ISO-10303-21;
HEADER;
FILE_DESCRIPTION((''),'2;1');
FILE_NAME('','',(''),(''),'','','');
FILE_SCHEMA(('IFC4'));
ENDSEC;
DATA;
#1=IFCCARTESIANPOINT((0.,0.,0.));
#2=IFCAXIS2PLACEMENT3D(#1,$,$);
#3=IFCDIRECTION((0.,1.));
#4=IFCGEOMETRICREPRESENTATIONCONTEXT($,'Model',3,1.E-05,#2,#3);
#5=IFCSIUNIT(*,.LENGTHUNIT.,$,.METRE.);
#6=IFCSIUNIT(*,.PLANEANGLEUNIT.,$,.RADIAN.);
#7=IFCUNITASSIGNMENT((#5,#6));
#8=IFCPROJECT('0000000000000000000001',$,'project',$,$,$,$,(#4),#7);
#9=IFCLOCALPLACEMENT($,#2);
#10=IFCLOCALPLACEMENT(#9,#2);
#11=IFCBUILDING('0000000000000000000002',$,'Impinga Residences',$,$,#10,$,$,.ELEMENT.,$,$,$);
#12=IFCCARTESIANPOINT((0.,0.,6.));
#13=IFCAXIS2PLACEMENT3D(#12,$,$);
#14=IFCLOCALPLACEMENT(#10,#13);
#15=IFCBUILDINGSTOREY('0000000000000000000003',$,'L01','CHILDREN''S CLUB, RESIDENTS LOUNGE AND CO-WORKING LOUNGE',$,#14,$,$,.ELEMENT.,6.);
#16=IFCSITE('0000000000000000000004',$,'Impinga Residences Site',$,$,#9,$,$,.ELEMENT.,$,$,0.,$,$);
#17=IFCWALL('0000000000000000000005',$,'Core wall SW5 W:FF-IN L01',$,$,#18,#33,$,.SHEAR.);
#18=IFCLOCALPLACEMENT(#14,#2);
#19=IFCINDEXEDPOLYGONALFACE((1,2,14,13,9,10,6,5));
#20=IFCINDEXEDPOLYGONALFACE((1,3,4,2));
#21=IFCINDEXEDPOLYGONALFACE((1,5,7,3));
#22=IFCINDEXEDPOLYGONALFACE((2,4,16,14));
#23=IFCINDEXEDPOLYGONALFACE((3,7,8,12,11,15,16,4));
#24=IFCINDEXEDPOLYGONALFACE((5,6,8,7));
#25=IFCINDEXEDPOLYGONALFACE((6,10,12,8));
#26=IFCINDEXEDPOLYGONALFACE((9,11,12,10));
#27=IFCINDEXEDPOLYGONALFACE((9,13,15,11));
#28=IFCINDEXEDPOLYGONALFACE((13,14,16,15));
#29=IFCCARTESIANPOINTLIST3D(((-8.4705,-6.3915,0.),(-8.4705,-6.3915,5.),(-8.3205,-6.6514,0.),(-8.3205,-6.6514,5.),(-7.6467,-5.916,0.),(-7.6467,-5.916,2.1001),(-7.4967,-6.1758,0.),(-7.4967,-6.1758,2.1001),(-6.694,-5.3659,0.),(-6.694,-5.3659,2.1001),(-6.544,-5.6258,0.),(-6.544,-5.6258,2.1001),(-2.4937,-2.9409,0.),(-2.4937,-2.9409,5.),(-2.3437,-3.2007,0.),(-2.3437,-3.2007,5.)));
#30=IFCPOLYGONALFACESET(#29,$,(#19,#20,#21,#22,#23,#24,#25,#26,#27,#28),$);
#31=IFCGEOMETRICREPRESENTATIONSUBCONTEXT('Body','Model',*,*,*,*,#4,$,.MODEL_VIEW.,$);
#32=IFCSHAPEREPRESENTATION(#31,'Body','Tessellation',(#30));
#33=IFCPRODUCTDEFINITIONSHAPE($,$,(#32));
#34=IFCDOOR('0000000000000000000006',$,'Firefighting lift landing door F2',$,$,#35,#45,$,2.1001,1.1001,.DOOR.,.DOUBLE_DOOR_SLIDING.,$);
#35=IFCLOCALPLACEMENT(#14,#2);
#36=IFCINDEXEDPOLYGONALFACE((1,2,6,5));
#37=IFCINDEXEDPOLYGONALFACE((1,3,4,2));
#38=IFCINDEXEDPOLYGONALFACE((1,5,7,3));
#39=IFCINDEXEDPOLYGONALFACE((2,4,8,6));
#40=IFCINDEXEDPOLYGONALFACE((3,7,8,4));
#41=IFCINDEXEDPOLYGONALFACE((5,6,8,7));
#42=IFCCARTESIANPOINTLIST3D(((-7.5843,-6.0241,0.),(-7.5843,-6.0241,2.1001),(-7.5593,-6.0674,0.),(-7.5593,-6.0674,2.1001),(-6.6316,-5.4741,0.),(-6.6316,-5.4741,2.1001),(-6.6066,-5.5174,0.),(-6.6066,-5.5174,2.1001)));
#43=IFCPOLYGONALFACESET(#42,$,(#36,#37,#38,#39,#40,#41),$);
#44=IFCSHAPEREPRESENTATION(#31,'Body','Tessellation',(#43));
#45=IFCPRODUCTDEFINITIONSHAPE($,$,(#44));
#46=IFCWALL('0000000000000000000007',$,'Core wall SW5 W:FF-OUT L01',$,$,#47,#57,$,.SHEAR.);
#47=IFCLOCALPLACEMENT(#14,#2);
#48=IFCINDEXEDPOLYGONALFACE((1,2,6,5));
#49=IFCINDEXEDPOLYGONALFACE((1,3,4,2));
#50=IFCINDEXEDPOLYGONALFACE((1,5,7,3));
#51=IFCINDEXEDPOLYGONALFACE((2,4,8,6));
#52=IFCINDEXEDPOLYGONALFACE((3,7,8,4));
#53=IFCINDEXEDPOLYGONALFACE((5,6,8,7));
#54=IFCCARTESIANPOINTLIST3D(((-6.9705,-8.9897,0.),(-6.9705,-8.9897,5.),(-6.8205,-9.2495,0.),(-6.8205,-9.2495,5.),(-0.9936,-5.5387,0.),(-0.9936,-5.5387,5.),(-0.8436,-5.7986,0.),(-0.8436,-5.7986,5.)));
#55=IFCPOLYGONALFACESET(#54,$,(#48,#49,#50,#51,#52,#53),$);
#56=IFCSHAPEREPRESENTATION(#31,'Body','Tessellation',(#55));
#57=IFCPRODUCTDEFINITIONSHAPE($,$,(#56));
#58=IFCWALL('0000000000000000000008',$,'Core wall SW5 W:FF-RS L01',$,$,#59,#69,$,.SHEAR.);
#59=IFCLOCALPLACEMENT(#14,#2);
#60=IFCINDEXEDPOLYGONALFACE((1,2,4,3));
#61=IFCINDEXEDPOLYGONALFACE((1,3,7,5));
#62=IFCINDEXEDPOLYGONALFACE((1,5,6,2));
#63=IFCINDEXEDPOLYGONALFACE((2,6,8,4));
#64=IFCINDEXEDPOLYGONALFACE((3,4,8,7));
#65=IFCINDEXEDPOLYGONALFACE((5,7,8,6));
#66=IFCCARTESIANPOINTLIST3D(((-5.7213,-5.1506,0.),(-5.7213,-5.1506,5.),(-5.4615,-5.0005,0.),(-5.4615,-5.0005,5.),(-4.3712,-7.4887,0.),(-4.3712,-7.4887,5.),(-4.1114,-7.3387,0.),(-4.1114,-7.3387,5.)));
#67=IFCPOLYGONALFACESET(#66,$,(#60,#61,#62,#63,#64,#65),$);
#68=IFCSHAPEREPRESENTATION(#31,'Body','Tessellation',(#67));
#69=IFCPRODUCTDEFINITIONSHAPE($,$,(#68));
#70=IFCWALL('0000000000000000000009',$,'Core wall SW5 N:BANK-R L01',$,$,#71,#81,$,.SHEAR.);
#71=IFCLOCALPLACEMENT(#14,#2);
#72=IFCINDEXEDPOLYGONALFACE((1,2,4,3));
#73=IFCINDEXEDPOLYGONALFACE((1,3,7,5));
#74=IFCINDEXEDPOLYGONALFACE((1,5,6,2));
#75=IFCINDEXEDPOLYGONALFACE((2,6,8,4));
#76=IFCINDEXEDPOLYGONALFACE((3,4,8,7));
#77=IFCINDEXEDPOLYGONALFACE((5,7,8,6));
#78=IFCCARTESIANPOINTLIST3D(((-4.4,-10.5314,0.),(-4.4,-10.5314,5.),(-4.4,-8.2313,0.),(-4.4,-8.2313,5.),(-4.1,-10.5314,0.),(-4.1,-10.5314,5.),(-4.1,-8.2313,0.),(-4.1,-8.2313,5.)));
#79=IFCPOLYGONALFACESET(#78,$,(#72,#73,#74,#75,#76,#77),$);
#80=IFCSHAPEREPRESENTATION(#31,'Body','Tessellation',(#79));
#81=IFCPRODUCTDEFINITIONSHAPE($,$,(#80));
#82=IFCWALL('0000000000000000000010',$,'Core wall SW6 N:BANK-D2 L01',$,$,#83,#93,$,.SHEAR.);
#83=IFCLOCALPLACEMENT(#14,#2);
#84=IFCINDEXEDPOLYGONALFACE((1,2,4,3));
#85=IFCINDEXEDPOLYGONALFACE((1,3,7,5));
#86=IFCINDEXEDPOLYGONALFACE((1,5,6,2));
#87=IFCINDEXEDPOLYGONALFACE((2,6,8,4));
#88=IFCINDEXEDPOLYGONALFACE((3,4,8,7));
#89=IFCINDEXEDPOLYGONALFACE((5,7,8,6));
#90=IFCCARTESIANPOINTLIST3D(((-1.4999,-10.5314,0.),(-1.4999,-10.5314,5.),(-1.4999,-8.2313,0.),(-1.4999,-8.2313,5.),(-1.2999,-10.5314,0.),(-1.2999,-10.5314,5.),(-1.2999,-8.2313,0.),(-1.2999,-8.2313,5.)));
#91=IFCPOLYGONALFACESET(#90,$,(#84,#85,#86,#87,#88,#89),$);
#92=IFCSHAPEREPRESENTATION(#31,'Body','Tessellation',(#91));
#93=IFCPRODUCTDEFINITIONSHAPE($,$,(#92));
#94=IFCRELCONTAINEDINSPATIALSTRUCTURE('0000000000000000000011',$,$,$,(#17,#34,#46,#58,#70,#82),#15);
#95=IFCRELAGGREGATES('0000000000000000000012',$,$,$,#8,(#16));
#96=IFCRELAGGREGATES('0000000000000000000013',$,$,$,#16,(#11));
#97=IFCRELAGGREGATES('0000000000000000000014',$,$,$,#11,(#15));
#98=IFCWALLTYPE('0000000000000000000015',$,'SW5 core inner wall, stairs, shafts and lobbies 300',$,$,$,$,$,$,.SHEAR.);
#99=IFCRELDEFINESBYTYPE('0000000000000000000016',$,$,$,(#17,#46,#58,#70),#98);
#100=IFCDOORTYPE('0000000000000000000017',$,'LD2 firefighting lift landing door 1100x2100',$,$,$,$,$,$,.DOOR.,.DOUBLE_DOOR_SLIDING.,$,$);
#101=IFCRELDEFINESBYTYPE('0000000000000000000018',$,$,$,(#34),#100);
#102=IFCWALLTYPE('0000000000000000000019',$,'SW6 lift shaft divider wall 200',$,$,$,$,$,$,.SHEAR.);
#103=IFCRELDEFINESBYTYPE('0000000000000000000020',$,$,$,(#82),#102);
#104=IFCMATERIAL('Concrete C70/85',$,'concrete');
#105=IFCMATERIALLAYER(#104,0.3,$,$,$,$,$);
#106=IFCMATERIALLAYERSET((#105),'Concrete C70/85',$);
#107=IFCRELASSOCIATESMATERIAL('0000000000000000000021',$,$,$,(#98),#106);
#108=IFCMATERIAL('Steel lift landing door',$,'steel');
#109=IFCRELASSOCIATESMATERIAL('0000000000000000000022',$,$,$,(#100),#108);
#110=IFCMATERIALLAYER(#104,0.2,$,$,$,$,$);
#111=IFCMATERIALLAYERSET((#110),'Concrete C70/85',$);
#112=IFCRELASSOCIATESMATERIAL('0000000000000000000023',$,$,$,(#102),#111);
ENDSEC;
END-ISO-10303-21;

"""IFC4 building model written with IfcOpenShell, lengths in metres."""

from ifc_helpers import new_model, si_unit, direction, frame, frame_2d, origin, place, context, subcontext, project, spatial, rectangle, extrude, material, layer, layer_set, type_object, element, fill, save


model = new_model("IFC4")

# Units and contexts
model_context = context("Model", 3, precision=1e-05, world=origin(), true_north=direction((0.0, 1.0)))
body_context = subcontext(model_context, "Body", "Model", "MODEL_VIEW")
ifc_project = project(units=[si_unit("LENGTHUNIT", "METRE"), si_unit("PLANEANGLEUNIT", "RADIAN")], contexts=[model_context])

# Site, building, storey
site_placement = place(None, origin())
site = spatial("IfcSite", under=ifc_project, at=site_placement, Name="Impinga Residences Site", CompositionType="ELEMENT", RefElevation=0.0)
building_placement = place(site_placement, origin())
building = spatial("IfcBuilding", under=site, at=building_placement, Name="Impinga Residences", CompositionType="ELEMENT")
storey_placement = place(building_placement, frame((0.0, 0.0, 6.0)))
storey = spatial("IfcBuildingStorey", under=building, at=storey_placement, Name="L01", Description="CHILDREN'S CLUB, RESIDENTS LOUNGE AND CO-WORKING LOUNGE", CompositionType="ELEMENT", Elevation=6.0)

# Shared definitions
ifc_material_1 = material(Name="Concrete C70/85", Category="concrete")

# Shared definitions
ifc_layer_1 = layer(ifc_material_1, 0.3)
ifc_layer_set_1 = layer_set([ifc_layer_1], Name="Concrete C70/85")
wall_type_1 = type_object("IfcWallType", Name="SW5 core inner wall, stairs, shafts and lobbies 300", PredefinedType="SHEAR", material=ifc_layer_set_1)

# Wall, opening, door
wall_1_placement = place(storey_placement, frame((-2.4187, -3.0708, 0.0), z_axis=(0.0, 0.0, 1.0), x_axis=(-0.866027, -0.499997, 0.0)))
wall_1 = element("IfcWall", 1, at=wall_1_placement, inside=storey, type_object=wall_type_1, Name="Core wall SW5 W:FF-IN L01", PredefinedType="SHEAR", context=body_context, shape_type="SweptSolid", body=[
    extrude(rectangle(XDim=6.9014, YDim=0.3, at=frame_2d((3.4507, 0.0))), origin(), (0.0, 0.0, 1.0), 5.0),
])
opening_1_placement = place(wall_1_placement, frame((4.8501, 0.0, 0.0)))
opening_1 = element("IfcOpeningElement", 2, at=opening_1_placement, cuts=wall_1, PredefinedType="OPENING", context=body_context, shape_type="SweptSolid", body=[
    extrude(rectangle(XDim=1.1001, YDim=2.1001, at=frame_2d((0.55, 1.05))), frame((0.0, 0.1599, 0.0), z_axis=(0.0, -1.0, 0.0), x_axis=(1.0, 0.0, 0.0)), (0.0, 0.0, 1.0), 0.3201),
])
ifc_material_2 = material(Name="Steel lift landing door", Category="steel")
door_type_1 = type_object("IfcDoorType", Name="LD2 firefighting lift landing door 1100x2100", OperationType="DOUBLE_DOOR_SLIDING", PredefinedType="DOOR", material=ifc_material_2)
door_1_placement = place(opening_1_placement, origin())
door_1 = element("IfcDoor", 3, at=door_1_placement, inside=storey, type_object=door_type_1, Name="Firefighting lift landing door F2", OperationType="DOUBLE_DOOR_SLIDING", OverallHeight=2.1001, OverallWidth=1.1001, PredefinedType="DOOR", context=body_context, shape_type="SweptSolid", body=[
    extrude(rectangle(XDim=1.1001, YDim=2.1001, at=frame_2d((0.55, 1.05))), frame((0.0, 0.0249, 0.0), z_axis=(0.0, -1.0, 0.0), x_axis=(1.0, 0.0, 0.0)), (0.0, 0.0, 1.0), 0.05),
])
fill(opening_1, door_1)

# Walls
wall_2_placement = place(storey_placement, frame((-0.9187, -5.6687, 0.0), z_axis=(0.0, 0.0, 1.0), x_axis=(-0.866012, -0.500024, 0.0)))
element("IfcWall", 4, at=wall_2_placement, inside=storey, type_object=wall_type_1, Name="Core wall SW5 W:FF-OUT L01", PredefinedType="SHEAR", context=body_context, shape_type="SweptSolid", body=[
    extrude(rectangle(XDim=6.9016, YDim=0.3, at=frame_2d((3.4507, 0.0))), origin(), (0.0, 0.0, 1.0), 5.0),
])
wall_3_placement = place(storey_placement, frame((-4.2412, -7.4138, 0.0), z_axis=(0.0, 0.0, 1.0), x_axis=(-0.500049, 0.865997, 0.0)))
element("IfcWall", 5, at=wall_3_placement, inside=storey, type_object=wall_type_1, Name="Core wall SW5 W:FF-RS L01", PredefinedType="SHEAR", context=body_context, shape_type="SweptSolid", body=[
    extrude(rectangle(XDim=2.7, YDim=0.3, at=frame_2d((1.3501, 0.0))), origin(), (0.0, 0.0, 1.0), 5.0),
])
wall_4_placement = place(storey_placement, frame((-4.25, -8.2314, 0.0), z_axis=(0.0, 0.0, 1.0), x_axis=(0.0, -1.0, 0.0)))
element("IfcWall", 6, at=wall_4_placement, inside=storey, type_object=wall_type_1, Name="Core wall SW5 N:BANK-R L01", PredefinedType="SHEAR", context=body_context, shape_type="SweptSolid", body=[
    extrude(rectangle(XDim=2.3, YDim=0.3, at=frame_2d((1.1499, 0.0))), origin(), (0.0, 0.0, 1.0), 5.0),
])
ifc_layer_2 = layer(ifc_material_1, 0.2)
ifc_layer_set_2 = layer_set([ifc_layer_2], Name="Concrete C70/85")
wall_type_2 = type_object("IfcWallType", Name="SW6 lift shaft divider wall 200", PredefinedType="SHEAR", material=ifc_layer_set_2)
wall_5_placement = place(storey_placement, frame((-1.3999, -8.2314, 0.0), z_axis=(0.0, 0.0, 1.0), x_axis=(0.0, -1.0, 0.0)))
element("IfcWall", 7, at=wall_5_placement, inside=storey, type_object=wall_type_2, Name="Core wall SW6 N:BANK-D2 L01", PredefinedType="SHEAR", context=body_context, shape_type="SweptSolid", body=[
    extrude(rectangle(XDim=2.3, YDim=0.2, at=frame_2d((1.1499, 0.0))), origin(), (0.0, 0.0, 1.0), 5.0),
])

save(model, "model.ifc")
